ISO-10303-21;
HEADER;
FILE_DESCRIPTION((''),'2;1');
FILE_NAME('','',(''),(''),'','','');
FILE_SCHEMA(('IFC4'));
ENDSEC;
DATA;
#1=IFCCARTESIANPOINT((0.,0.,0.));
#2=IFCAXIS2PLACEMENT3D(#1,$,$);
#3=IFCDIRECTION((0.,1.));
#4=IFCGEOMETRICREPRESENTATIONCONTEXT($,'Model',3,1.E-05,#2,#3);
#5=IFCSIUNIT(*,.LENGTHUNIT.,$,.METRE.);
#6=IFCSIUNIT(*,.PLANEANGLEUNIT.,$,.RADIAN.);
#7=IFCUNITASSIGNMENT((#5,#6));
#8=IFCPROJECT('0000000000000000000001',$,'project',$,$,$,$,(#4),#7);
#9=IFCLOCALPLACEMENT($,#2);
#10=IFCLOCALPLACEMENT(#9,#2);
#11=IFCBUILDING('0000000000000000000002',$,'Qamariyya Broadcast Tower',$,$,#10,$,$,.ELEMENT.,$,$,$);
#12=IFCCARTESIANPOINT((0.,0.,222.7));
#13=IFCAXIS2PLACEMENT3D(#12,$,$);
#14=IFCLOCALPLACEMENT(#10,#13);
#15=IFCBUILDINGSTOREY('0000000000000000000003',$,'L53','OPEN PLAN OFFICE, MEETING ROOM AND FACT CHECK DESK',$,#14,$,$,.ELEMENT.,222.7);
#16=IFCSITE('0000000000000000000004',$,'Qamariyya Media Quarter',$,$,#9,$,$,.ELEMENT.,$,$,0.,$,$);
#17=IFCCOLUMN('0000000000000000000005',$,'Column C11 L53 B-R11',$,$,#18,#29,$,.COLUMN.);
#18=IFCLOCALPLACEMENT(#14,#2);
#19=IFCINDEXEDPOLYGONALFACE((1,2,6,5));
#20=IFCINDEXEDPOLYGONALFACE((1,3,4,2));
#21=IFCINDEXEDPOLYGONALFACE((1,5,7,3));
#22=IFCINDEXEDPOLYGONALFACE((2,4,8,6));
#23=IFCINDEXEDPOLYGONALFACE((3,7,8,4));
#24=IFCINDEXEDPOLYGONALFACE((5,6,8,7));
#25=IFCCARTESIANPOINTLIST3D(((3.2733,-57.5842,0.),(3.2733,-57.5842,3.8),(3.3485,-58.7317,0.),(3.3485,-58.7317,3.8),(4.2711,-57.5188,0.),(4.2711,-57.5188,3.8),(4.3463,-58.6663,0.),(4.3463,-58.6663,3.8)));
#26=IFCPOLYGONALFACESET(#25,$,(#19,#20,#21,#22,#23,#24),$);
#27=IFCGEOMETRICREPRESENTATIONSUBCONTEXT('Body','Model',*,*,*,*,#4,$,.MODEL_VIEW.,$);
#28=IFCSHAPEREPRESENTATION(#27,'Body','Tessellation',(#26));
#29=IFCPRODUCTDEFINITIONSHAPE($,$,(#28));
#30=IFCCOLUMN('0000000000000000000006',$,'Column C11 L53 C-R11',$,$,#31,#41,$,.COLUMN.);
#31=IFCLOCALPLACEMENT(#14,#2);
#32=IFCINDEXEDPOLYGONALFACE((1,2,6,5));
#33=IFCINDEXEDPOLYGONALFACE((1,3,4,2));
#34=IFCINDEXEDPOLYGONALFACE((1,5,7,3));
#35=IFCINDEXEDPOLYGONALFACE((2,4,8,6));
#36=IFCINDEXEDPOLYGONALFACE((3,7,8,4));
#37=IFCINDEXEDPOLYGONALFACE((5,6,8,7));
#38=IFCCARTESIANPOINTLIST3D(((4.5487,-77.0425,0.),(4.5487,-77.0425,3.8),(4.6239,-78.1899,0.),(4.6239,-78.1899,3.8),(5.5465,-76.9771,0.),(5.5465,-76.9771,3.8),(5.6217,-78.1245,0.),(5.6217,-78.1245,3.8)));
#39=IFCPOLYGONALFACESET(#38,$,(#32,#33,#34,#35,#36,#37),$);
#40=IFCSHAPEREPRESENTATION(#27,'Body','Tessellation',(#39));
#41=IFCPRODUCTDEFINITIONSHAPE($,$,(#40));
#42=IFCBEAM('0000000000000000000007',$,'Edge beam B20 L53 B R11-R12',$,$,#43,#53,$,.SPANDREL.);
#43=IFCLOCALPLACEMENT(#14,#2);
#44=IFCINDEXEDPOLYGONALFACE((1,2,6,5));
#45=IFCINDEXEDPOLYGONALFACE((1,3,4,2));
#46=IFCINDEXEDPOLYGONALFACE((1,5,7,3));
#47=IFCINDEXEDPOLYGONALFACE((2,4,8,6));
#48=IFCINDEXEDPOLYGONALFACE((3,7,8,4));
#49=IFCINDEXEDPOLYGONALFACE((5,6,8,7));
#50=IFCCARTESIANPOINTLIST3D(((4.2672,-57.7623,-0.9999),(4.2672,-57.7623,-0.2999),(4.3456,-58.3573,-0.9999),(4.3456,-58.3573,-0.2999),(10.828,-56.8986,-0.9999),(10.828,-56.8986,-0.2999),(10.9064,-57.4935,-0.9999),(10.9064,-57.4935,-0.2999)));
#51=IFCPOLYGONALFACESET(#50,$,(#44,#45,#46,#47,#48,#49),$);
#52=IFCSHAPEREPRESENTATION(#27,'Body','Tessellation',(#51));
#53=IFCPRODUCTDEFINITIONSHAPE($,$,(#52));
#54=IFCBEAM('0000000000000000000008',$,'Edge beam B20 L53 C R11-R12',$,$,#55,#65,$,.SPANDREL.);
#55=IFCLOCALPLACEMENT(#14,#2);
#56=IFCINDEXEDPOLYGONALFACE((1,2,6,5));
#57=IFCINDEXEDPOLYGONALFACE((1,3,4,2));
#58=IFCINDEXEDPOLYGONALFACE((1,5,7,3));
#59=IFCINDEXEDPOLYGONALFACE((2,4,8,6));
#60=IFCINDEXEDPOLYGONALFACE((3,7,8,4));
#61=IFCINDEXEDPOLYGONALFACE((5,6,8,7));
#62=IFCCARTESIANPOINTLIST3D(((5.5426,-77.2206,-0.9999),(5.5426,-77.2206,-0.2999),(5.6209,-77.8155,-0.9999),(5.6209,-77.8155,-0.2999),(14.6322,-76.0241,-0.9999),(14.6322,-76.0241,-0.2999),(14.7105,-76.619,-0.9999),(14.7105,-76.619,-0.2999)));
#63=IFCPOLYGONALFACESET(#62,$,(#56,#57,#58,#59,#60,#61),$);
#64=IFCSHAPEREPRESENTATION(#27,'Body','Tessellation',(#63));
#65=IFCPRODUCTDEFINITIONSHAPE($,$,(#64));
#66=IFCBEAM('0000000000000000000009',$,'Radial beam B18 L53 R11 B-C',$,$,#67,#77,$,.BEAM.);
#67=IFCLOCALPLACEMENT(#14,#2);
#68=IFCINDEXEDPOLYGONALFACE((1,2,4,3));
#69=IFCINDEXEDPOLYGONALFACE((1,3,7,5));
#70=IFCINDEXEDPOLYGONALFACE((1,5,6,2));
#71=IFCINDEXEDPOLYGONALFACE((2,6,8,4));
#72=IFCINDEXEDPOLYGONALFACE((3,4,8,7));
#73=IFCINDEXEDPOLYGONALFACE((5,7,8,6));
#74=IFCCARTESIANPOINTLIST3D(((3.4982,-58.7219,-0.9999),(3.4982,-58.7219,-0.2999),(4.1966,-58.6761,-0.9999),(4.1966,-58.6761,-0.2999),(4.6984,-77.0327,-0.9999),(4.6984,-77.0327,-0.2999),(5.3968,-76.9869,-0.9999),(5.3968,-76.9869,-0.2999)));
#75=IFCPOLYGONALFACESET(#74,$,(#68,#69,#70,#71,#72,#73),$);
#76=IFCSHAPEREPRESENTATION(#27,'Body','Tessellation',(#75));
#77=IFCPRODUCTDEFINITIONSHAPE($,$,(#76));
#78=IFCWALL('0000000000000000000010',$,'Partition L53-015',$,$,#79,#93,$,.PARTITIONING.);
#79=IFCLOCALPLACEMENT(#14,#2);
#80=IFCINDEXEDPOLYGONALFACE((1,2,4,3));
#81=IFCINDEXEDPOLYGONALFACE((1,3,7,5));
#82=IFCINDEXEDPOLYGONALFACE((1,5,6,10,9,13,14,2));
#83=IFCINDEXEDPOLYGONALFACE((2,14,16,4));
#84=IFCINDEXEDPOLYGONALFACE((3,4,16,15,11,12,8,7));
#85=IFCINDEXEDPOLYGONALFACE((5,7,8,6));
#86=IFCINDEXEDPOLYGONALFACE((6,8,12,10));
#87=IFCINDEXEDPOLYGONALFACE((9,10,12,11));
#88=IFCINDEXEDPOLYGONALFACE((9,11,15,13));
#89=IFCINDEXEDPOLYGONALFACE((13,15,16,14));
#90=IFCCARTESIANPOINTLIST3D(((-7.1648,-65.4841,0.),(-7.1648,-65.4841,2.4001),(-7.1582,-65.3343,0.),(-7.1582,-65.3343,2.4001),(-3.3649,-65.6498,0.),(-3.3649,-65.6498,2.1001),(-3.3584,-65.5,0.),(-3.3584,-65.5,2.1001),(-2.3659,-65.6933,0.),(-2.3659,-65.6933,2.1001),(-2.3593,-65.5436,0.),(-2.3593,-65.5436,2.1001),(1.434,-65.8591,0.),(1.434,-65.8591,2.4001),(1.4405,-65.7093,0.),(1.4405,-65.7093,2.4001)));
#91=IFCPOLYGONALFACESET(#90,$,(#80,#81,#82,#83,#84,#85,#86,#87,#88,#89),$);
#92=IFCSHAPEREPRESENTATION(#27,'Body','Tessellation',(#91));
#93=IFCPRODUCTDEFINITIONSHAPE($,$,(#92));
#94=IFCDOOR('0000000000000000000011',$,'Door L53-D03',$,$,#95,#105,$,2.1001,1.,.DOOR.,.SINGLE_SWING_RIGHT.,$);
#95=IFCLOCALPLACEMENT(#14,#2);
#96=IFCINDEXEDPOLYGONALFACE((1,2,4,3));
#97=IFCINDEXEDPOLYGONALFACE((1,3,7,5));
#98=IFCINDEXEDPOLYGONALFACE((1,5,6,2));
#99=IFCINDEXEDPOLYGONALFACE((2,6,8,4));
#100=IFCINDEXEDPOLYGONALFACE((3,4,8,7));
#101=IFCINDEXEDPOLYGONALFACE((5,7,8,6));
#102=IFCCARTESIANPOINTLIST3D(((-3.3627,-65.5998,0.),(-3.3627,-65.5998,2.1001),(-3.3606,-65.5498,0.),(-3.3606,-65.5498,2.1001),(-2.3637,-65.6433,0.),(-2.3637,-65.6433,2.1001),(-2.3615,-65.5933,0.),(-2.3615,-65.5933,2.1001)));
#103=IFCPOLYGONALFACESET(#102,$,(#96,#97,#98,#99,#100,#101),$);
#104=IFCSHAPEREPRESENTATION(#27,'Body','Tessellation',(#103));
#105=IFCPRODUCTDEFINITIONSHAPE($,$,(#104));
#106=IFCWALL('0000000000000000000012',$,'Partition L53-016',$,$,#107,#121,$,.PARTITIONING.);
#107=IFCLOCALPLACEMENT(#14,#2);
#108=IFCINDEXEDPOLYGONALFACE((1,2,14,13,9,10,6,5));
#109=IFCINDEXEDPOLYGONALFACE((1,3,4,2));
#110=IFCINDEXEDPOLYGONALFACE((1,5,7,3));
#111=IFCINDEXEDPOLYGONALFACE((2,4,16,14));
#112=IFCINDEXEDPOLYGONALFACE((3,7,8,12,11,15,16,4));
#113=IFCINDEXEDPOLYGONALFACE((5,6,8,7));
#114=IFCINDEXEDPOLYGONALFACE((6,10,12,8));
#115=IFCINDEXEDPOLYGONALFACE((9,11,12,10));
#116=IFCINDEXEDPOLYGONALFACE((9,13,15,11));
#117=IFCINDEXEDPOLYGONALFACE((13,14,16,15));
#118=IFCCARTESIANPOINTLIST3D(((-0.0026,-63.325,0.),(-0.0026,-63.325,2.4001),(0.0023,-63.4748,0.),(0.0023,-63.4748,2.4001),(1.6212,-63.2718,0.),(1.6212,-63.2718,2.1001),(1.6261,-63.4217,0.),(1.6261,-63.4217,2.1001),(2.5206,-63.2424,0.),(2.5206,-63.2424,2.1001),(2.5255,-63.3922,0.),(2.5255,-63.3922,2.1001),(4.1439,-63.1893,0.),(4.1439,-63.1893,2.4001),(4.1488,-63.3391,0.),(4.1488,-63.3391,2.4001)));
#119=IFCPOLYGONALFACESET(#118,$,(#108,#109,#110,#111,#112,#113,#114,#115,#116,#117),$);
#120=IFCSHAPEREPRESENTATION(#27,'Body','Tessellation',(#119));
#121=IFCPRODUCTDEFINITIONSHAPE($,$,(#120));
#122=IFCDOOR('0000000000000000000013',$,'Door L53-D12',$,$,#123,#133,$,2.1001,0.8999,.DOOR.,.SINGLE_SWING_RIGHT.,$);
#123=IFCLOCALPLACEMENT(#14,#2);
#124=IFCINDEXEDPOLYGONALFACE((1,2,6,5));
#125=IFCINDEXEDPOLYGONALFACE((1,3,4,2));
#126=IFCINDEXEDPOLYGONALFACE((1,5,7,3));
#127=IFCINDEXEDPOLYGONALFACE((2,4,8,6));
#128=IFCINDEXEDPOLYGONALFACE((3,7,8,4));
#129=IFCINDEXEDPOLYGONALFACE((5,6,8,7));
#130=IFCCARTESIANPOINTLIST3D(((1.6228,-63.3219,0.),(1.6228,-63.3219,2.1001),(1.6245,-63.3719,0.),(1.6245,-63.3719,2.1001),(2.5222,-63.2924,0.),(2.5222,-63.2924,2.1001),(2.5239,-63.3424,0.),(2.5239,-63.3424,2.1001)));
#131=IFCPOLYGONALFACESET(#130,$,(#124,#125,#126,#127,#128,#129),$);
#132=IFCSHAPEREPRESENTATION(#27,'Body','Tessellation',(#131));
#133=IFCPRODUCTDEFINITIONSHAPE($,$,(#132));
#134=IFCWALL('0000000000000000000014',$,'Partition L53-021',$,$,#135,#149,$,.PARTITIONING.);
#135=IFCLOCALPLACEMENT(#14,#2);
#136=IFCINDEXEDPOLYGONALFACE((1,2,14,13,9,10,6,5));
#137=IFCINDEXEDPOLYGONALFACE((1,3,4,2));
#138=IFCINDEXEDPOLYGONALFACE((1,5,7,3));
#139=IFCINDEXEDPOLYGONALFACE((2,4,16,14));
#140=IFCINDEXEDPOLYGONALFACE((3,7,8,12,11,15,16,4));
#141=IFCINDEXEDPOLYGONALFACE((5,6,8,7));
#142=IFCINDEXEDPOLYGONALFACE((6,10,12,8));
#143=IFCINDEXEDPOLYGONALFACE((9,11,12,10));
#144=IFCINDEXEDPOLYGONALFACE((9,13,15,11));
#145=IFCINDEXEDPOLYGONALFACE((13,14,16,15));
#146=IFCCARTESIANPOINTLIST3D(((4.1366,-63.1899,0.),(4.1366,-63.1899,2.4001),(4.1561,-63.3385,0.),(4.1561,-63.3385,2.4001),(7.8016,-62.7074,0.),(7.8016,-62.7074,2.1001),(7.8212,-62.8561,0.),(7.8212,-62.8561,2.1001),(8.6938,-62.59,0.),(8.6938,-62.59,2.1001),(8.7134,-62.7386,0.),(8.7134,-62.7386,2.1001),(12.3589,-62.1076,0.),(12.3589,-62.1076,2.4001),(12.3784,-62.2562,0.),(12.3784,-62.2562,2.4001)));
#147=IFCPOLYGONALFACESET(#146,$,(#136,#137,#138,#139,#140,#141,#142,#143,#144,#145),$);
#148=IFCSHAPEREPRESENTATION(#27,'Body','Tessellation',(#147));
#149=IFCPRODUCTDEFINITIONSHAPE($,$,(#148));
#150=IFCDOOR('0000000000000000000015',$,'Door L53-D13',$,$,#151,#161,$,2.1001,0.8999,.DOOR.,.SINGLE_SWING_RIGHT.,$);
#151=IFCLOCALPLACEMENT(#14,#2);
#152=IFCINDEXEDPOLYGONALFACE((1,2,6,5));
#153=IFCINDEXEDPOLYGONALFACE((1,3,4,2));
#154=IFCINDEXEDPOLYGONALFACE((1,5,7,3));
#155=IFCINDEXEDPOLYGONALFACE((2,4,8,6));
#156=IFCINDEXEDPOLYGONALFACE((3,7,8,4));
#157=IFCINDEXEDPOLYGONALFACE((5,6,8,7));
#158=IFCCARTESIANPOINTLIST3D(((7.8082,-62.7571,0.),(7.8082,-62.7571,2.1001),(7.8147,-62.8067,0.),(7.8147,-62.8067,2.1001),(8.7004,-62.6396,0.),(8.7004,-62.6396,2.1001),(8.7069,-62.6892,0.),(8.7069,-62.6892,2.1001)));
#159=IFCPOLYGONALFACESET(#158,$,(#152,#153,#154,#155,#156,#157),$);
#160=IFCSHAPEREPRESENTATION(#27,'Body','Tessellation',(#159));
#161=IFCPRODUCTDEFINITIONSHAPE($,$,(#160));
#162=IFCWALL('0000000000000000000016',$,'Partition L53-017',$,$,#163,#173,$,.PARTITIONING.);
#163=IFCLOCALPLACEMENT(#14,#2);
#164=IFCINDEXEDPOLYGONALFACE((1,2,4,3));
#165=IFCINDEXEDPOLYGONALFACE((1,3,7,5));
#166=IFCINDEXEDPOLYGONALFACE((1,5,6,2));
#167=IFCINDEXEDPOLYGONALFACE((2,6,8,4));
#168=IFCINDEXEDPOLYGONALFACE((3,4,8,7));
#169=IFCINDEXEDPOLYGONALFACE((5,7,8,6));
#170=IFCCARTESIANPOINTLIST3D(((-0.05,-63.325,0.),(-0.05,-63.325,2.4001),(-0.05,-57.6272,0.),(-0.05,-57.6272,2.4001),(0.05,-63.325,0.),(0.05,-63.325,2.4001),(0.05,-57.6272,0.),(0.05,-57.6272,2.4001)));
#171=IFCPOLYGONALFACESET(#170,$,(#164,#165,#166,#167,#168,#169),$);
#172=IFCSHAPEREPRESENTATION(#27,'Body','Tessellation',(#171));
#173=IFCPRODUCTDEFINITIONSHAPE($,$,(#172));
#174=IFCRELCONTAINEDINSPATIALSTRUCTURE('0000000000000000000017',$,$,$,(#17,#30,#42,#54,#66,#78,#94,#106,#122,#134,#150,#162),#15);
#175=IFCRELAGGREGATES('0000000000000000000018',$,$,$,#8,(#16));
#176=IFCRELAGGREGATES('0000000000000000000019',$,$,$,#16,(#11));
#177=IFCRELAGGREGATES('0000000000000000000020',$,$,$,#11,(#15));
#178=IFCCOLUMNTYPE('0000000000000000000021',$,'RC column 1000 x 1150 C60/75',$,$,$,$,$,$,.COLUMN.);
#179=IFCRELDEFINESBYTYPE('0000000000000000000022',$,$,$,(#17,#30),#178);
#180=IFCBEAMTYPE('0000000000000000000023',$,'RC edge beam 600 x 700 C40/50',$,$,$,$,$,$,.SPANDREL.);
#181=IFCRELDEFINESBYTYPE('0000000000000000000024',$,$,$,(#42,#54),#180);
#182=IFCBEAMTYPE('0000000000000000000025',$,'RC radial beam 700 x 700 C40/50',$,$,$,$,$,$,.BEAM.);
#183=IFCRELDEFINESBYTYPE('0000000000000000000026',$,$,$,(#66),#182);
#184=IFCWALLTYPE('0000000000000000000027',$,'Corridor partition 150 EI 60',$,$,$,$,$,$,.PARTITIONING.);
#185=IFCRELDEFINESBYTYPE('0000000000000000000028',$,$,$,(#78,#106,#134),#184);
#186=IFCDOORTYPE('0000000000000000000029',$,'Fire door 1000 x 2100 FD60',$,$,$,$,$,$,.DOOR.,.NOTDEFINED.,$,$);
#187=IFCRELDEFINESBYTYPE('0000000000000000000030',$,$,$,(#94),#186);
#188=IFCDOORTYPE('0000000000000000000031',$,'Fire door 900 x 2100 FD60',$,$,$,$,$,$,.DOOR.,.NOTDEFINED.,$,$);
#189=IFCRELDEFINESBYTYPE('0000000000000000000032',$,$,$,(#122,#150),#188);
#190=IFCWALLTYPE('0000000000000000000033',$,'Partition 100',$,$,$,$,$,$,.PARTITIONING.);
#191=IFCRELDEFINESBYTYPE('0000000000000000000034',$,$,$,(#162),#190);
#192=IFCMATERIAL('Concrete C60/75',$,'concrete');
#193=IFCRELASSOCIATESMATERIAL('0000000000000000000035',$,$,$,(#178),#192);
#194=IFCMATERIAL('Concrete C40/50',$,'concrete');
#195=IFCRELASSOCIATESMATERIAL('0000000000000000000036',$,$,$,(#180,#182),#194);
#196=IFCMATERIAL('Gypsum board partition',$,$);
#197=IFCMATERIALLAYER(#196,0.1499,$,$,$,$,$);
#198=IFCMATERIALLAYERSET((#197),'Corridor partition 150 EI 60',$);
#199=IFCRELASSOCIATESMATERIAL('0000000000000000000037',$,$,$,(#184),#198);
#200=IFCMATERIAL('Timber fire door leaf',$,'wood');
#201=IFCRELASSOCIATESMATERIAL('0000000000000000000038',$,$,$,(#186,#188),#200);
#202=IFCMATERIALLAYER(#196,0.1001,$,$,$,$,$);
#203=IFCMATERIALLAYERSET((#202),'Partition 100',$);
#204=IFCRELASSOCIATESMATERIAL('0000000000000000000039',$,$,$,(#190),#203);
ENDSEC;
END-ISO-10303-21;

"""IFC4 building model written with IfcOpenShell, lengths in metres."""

from ifc_helpers import new_model, si_unit, direction, frame, frame_2d, origin, origin_2d, place, context, subcontext, project, spatial, rectangle, extrude, material, layer, layer_set, material_profile, profile_set, type_object, element, fill, save


model = new_model("IFC4")

# Units and contexts
model_context = context("Model", 3, precision=1e-05, world=origin(), true_north=direction((0.0, 1.0)))
body_context = subcontext(model_context, "Body", "Model", "MODEL_VIEW")
ifc_project = project(units=[si_unit("LENGTHUNIT", "METRE"), si_unit("PLANEANGLEUNIT", "RADIAN")], contexts=[model_context])

# Site, building, storey
site_placement = place(None, origin())
site = spatial("IfcSite", under=ifc_project, at=site_placement, Name="Qamariyya Media Quarter", CompositionType="ELEMENT", RefElevation=0.0)
building_placement = place(site_placement, origin())
building = spatial("IfcBuilding", under=site, at=building_placement, Name="Qamariyya Broadcast Tower", CompositionType="ELEMENT")
storey_placement = place(building_placement, frame((0.0, 0.0, 222.7)))
storey = spatial("IfcBuildingStorey", under=building, at=storey_placement, Name="L53", Description="OPEN PLAN OFFICE, MEETING ROOM AND FACT CHECK DESK", CompositionType="ELEMENT", Elevation=222.7)

# Columns
ifc_material_1 = material(Name="Concrete C60/75", Category="concrete")
ifc_material_profile_1 = material_profile(ifc_material_1, rectangle(XDim=1.0, YDim=1.1499, at=origin_2d()))
ifc_profile_set_1 = profile_set([ifc_material_profile_1], Name="Concrete C60/75")
column_type = type_object("IfcColumnType", Name="RC column 1000 x 1150 C60/75", PredefinedType="COLUMN", material=ifc_profile_set_1)
for number, where, z_axis, x_axis, name in (
    (1, (3.8098, -58.1252, 0.0), (0.0, 0.0, 1.0), (0.997859, 0.065403, 0.0), "Column C11 L53 B-R11"),
    (2, (5.0852, -77.5835, 0.0), (0.0, 0.0, 1.0), (0.997859, 0.065403, 0.0), "Column C11 L53 C-R11"),
):
    element("IfcColumn", number, at=place(storey_placement, frame(where, z_axis=z_axis, x_axis=x_axis)), inside=storey, type_object=column_type, Name=name, PredefinedType="COLUMN", context=body_context, shape_type="SweptSolid", body=[
        extrude(rectangle(XDim=1.0, YDim=1.1499, at=origin_2d()), origin(), (0.0, 0.0, 1.0), 3.8),
    ])

# Beams
ifc_material_2 = material(Name="Concrete C40/50", Category="concrete")
ifc_material_profile_2 = material_profile(ifc_material_2, rectangle(XDim=0.6001, YDim=0.7, at=origin_2d()))
ifc_profile_set_2 = profile_set([ifc_material_profile_2], Name="Concrete C40/50")
beam_type_1 = type_object("IfcBeamType", Name="RC edge beam 600 x 700 C40/50", PredefinedType="SPANDREL", material=ifc_profile_set_2)
beam_1_placement = place(storey_placement, frame((4.3064, -58.0598, -0.6499), z_axis=(0.991444, 0.13053, 0.0), x_axis=(-0.13053, 0.991444, 0.0)))
element("IfcBeam", 3, at=beam_1_placement, inside=storey, type_object=beam_type_1, Name="Edge beam B20 L53 B R11-R12", PredefinedType="SPANDREL", context=body_context, shape_type="SweptSolid", body=[
    extrude(rectangle(XDim=0.6001, YDim=0.7, at=origin_2d()), origin(), (0.0, 0.0, 1.0), 6.6174),
])
beam_2_placement = place(storey_placement, frame((5.5818, -77.5181, -0.6499), z_axis=(0.991447, 0.130512, 0.0), x_axis=(-0.130512, 0.991447, 0.0)))
element("IfcBeam", 4, at=beam_2_placement, inside=storey, type_object=beam_type_1, Name="Edge beam B20 L53 C R11-R12", PredefinedType="SPANDREL", context=body_context, shape_type="SweptSolid", body=[
    extrude(rectangle(XDim=0.6001, YDim=0.7, at=origin_2d()), origin(), (0.0, 0.0, 1.0), 9.168),
])
ifc_material_profile_3 = material_profile(ifc_material_2, rectangle(XDim=0.7, YDim=0.7, at=origin_2d()))
ifc_profile_set_3 = profile_set([ifc_material_profile_3], Name="Concrete C40/50")
beam_type_2 = type_object("IfcBeamType", Name="RC radial beam 700 x 700 C40/50", PredefinedType="BEAM", material=ifc_profile_set_3)
beam_3_placement = place(storey_placement, frame((3.8474, -58.699, -0.6499), z_axis=(0.065405, -0.997859, 0.0), x_axis=(0.997859, 0.065405, 0.0)))
element("IfcBeam", 5, at=beam_3_placement, inside=storey, type_object=beam_type_2, Name="Radial beam B18 L53 R11 B-C", PredefinedType="BEAM", context=body_context, shape_type="SweptSolid", body=[
    extrude(rectangle(XDim=0.7, YDim=0.7, at=origin_2d()), origin(), (0.0, 0.0, 1.0), 18.3501),
])

# Walls, openings, doors
ifc_material_3 = material(Name="Gypsum board partition")
ifc_layer_1 = layer(ifc_material_3, 0.1499)
ifc_layer_set_1 = layer_set([ifc_layer_1], Name="Corridor partition 150 EI 60")
wall_type_1 = type_object("IfcWallType", Name="Corridor partition 150 EI 60", PredefinedType="PARTITIONING", material=ifc_layer_set_1)
wall_1_placement = place(storey_placement, frame((1.4373, -65.7842, 0.0), z_axis=(0.0, 0.0, 1.0), x_axis=(-0.99905, 0.043569, 0.0)))
wall_1 = element("IfcWall", 6, at=wall_1_placement, inside=storey, type_object=wall_type_1, Name="Partition L53-015", PredefinedType="PARTITIONING", context=body_context, shape_type="SweptSolid", body=[
    extrude(rectangle(XDim=8.6069, YDim=0.1499, at=frame_2d((4.3035, 0.0))), origin(), (0.0, 0.0, 1.0), 2.4001),
])
opening_1_placement = place(wall_1_placement, frame((3.8035, 0.0, 0.0)))
opening_1 = element("IfcOpeningElement", 7, at=opening_1_placement, cuts=wall_1, PredefinedType="OPENING", context=body_context, shape_type="SweptSolid", body=[
    extrude(rectangle(XDim=1.0, YDim=2.1001, at=frame_2d((0.5, 1.05))), frame((0.0, 0.085, 0.0), z_axis=(0.0, -1.0, 0.0), x_axis=(1.0, 0.0, 0.0)), (0.0, 0.0, 1.0), 0.1699),
])
ifc_material_4 = material(Name="Timber fire door leaf", Category="wood")
door_type_1 = type_object("IfcDoorType", Name="Fire door 1000 x 2100 FD60", OperationType="NOTDEFINED", PredefinedType="DOOR", material=ifc_material_4)
door_1_placement = place(opening_1_placement, origin())
door_1 = element("IfcDoor", 8, at=door_1_placement, inside=storey, type_object=door_type_1, Name="Door L53-D03", OperationType="SINGLE_SWING_RIGHT", OverallHeight=2.1001, OverallWidth=1.0, PredefinedType="DOOR", context=body_context, shape_type="SweptSolid", body=[
    extrude(rectangle(XDim=1.0, YDim=2.1001, at=frame_2d((0.5, 1.05))), frame((0.0, 0.0249, 0.0), z_axis=(0.0, -1.0, 0.0), x_axis=(1.0, 0.0, 0.0)), (0.0, 0.0, 1.0), 0.05),
])
fill(opening_1, door_1)
wall_2_placement = place(storey_placement, frame((0.0, -63.3999, 0.0), z_axis=(0.0, 0.0, 1.0), x_axis=(0.999465, 0.032719, 0.0)))
wall_2 = element("IfcWall", 9, at=wall_2_placement, inside=storey, type_object=wall_type_1, Name="Partition L53-016", PredefinedType="PARTITIONING", context=body_context, shape_type="SweptSolid", body=[
    extrude(rectangle(XDim=4.1487, YDim=0.1499, at=frame_2d((2.0742, 0.0))), origin(), (0.0, 0.0, 1.0), 2.4001),
])
opening_2_placement = place(wall_2_placement, frame((1.6245, 0.0, 0.0)))
opening_2 = element("IfcOpeningElement", 10, at=opening_2_placement, cuts=wall_2, PredefinedType="OPENING", context=body_context, shape_type="SweptSolid", body=[
    extrude(rectangle(XDim=0.8999, YDim=2.1001, at=frame_2d((0.45, 1.05))), frame((0.0, 0.085, 0.0), z_axis=(0.0, -1.0, 0.0), x_axis=(1.0, 0.0, 0.0)), (0.0, 0.0, 1.0), 0.1699),
])
door_type_2 = type_object("IfcDoorType", Name="Fire door 900 x 2100 FD60", OperationType="NOTDEFINED", PredefinedType="DOOR", material=ifc_material_4)
door_2_placement = place(opening_2_placement, origin())
door_2 = element("IfcDoor", 11, at=door_2_placement, inside=storey, type_object=door_type_2, Name="Door L53-D12", OperationType="SINGLE_SWING_RIGHT", OverallHeight=2.1001, OverallWidth=0.8999, PredefinedType="DOOR", context=body_context, shape_type="SweptSolid", body=[
    extrude(rectangle(XDim=0.8999, YDim=2.1001, at=frame_2d((0.45, 1.05))), frame((0.0, 0.0249, 0.0), z_axis=(0.0, -1.0, 0.0), x_axis=(1.0, 0.0, 0.0)), (0.0, 0.0, 1.0), 0.05),
])
fill(opening_2, door_2)
wall_3_placement = place(storey_placement, frame((4.1465, -63.2642, 0.0), z_axis=(0.0, 0.0, 1.0), x_axis=(0.991448, 0.130503, 0.0)))
wall_3 = element("IfcWall", 12, at=wall_3_placement, inside=storey, type_object=wall_type_1, Name="Partition L53-021", PredefinedType="PARTITIONING", context=body_context, shape_type="SweptSolid", body=[
    extrude(rectangle(XDim=8.2932, YDim=0.1499, at=frame_2d((4.1465, 0.0))), origin(), (0.0, 0.0, 1.0), 2.4001),
])
opening_3_placement = place(wall_3_placement, frame((3.6965, 0.0, 0.0)))
opening_3 = element("IfcOpeningElement", 13, at=opening_3_placement, cuts=wall_3, PredefinedType="OPENING", context=body_context, shape_type="SweptSolid", body=[
    extrude(rectangle(XDim=0.8999, YDim=2.1001, at=frame_2d((0.45, 1.05))), frame((0.0, 0.085, 0.0), z_axis=(0.0, -1.0, 0.0), x_axis=(1.0, 0.0, 0.0)), (0.0, 0.0, 1.0), 0.1699),
])
door_3_placement = place(opening_3_placement, origin())
door_3 = element("IfcDoor", 14, at=door_3_placement, inside=storey, type_object=door_type_2, Name="Door L53-D13", OperationType="SINGLE_SWING_RIGHT", OverallHeight=2.1001, OverallWidth=0.8999, PredefinedType="DOOR", context=body_context, shape_type="SweptSolid", body=[
    extrude(rectangle(XDim=0.8999, YDim=2.1001, at=frame_2d((0.45, 1.05))), frame((0.0, 0.0249, 0.0), z_axis=(0.0, -1.0, 0.0), x_axis=(1.0, 0.0, 0.0)), (0.0, 0.0, 1.0), 0.05),
])
fill(opening_3, door_3)

# Wall
ifc_layer_2 = layer(ifc_material_3, 0.1001)
ifc_layer_set_2 = layer_set([ifc_layer_2], Name="Partition 100")
wall_type_2 = type_object("IfcWallType", Name="Partition 100", PredefinedType="PARTITIONING", material=ifc_layer_set_2)
wall_4_placement = place(storey_placement, frame((0.0, -57.6272, 0.0), z_axis=(0.0, 0.0, 1.0), x_axis=(0.0, -1.0, 0.0)))
element("IfcWall", 15, at=wall_4_placement, inside=storey, type_object=wall_type_2, Name="Partition L53-017", PredefinedType="PARTITIONING", context=body_context, shape_type="SweptSolid", body=[
    extrude(rectangle(XDim=5.6978, YDim=0.1001, at=frame_2d((2.8489, 0.0))), origin(), (0.0, 0.0, 1.0), 2.4001),
])

save(model, "model.ifc")
